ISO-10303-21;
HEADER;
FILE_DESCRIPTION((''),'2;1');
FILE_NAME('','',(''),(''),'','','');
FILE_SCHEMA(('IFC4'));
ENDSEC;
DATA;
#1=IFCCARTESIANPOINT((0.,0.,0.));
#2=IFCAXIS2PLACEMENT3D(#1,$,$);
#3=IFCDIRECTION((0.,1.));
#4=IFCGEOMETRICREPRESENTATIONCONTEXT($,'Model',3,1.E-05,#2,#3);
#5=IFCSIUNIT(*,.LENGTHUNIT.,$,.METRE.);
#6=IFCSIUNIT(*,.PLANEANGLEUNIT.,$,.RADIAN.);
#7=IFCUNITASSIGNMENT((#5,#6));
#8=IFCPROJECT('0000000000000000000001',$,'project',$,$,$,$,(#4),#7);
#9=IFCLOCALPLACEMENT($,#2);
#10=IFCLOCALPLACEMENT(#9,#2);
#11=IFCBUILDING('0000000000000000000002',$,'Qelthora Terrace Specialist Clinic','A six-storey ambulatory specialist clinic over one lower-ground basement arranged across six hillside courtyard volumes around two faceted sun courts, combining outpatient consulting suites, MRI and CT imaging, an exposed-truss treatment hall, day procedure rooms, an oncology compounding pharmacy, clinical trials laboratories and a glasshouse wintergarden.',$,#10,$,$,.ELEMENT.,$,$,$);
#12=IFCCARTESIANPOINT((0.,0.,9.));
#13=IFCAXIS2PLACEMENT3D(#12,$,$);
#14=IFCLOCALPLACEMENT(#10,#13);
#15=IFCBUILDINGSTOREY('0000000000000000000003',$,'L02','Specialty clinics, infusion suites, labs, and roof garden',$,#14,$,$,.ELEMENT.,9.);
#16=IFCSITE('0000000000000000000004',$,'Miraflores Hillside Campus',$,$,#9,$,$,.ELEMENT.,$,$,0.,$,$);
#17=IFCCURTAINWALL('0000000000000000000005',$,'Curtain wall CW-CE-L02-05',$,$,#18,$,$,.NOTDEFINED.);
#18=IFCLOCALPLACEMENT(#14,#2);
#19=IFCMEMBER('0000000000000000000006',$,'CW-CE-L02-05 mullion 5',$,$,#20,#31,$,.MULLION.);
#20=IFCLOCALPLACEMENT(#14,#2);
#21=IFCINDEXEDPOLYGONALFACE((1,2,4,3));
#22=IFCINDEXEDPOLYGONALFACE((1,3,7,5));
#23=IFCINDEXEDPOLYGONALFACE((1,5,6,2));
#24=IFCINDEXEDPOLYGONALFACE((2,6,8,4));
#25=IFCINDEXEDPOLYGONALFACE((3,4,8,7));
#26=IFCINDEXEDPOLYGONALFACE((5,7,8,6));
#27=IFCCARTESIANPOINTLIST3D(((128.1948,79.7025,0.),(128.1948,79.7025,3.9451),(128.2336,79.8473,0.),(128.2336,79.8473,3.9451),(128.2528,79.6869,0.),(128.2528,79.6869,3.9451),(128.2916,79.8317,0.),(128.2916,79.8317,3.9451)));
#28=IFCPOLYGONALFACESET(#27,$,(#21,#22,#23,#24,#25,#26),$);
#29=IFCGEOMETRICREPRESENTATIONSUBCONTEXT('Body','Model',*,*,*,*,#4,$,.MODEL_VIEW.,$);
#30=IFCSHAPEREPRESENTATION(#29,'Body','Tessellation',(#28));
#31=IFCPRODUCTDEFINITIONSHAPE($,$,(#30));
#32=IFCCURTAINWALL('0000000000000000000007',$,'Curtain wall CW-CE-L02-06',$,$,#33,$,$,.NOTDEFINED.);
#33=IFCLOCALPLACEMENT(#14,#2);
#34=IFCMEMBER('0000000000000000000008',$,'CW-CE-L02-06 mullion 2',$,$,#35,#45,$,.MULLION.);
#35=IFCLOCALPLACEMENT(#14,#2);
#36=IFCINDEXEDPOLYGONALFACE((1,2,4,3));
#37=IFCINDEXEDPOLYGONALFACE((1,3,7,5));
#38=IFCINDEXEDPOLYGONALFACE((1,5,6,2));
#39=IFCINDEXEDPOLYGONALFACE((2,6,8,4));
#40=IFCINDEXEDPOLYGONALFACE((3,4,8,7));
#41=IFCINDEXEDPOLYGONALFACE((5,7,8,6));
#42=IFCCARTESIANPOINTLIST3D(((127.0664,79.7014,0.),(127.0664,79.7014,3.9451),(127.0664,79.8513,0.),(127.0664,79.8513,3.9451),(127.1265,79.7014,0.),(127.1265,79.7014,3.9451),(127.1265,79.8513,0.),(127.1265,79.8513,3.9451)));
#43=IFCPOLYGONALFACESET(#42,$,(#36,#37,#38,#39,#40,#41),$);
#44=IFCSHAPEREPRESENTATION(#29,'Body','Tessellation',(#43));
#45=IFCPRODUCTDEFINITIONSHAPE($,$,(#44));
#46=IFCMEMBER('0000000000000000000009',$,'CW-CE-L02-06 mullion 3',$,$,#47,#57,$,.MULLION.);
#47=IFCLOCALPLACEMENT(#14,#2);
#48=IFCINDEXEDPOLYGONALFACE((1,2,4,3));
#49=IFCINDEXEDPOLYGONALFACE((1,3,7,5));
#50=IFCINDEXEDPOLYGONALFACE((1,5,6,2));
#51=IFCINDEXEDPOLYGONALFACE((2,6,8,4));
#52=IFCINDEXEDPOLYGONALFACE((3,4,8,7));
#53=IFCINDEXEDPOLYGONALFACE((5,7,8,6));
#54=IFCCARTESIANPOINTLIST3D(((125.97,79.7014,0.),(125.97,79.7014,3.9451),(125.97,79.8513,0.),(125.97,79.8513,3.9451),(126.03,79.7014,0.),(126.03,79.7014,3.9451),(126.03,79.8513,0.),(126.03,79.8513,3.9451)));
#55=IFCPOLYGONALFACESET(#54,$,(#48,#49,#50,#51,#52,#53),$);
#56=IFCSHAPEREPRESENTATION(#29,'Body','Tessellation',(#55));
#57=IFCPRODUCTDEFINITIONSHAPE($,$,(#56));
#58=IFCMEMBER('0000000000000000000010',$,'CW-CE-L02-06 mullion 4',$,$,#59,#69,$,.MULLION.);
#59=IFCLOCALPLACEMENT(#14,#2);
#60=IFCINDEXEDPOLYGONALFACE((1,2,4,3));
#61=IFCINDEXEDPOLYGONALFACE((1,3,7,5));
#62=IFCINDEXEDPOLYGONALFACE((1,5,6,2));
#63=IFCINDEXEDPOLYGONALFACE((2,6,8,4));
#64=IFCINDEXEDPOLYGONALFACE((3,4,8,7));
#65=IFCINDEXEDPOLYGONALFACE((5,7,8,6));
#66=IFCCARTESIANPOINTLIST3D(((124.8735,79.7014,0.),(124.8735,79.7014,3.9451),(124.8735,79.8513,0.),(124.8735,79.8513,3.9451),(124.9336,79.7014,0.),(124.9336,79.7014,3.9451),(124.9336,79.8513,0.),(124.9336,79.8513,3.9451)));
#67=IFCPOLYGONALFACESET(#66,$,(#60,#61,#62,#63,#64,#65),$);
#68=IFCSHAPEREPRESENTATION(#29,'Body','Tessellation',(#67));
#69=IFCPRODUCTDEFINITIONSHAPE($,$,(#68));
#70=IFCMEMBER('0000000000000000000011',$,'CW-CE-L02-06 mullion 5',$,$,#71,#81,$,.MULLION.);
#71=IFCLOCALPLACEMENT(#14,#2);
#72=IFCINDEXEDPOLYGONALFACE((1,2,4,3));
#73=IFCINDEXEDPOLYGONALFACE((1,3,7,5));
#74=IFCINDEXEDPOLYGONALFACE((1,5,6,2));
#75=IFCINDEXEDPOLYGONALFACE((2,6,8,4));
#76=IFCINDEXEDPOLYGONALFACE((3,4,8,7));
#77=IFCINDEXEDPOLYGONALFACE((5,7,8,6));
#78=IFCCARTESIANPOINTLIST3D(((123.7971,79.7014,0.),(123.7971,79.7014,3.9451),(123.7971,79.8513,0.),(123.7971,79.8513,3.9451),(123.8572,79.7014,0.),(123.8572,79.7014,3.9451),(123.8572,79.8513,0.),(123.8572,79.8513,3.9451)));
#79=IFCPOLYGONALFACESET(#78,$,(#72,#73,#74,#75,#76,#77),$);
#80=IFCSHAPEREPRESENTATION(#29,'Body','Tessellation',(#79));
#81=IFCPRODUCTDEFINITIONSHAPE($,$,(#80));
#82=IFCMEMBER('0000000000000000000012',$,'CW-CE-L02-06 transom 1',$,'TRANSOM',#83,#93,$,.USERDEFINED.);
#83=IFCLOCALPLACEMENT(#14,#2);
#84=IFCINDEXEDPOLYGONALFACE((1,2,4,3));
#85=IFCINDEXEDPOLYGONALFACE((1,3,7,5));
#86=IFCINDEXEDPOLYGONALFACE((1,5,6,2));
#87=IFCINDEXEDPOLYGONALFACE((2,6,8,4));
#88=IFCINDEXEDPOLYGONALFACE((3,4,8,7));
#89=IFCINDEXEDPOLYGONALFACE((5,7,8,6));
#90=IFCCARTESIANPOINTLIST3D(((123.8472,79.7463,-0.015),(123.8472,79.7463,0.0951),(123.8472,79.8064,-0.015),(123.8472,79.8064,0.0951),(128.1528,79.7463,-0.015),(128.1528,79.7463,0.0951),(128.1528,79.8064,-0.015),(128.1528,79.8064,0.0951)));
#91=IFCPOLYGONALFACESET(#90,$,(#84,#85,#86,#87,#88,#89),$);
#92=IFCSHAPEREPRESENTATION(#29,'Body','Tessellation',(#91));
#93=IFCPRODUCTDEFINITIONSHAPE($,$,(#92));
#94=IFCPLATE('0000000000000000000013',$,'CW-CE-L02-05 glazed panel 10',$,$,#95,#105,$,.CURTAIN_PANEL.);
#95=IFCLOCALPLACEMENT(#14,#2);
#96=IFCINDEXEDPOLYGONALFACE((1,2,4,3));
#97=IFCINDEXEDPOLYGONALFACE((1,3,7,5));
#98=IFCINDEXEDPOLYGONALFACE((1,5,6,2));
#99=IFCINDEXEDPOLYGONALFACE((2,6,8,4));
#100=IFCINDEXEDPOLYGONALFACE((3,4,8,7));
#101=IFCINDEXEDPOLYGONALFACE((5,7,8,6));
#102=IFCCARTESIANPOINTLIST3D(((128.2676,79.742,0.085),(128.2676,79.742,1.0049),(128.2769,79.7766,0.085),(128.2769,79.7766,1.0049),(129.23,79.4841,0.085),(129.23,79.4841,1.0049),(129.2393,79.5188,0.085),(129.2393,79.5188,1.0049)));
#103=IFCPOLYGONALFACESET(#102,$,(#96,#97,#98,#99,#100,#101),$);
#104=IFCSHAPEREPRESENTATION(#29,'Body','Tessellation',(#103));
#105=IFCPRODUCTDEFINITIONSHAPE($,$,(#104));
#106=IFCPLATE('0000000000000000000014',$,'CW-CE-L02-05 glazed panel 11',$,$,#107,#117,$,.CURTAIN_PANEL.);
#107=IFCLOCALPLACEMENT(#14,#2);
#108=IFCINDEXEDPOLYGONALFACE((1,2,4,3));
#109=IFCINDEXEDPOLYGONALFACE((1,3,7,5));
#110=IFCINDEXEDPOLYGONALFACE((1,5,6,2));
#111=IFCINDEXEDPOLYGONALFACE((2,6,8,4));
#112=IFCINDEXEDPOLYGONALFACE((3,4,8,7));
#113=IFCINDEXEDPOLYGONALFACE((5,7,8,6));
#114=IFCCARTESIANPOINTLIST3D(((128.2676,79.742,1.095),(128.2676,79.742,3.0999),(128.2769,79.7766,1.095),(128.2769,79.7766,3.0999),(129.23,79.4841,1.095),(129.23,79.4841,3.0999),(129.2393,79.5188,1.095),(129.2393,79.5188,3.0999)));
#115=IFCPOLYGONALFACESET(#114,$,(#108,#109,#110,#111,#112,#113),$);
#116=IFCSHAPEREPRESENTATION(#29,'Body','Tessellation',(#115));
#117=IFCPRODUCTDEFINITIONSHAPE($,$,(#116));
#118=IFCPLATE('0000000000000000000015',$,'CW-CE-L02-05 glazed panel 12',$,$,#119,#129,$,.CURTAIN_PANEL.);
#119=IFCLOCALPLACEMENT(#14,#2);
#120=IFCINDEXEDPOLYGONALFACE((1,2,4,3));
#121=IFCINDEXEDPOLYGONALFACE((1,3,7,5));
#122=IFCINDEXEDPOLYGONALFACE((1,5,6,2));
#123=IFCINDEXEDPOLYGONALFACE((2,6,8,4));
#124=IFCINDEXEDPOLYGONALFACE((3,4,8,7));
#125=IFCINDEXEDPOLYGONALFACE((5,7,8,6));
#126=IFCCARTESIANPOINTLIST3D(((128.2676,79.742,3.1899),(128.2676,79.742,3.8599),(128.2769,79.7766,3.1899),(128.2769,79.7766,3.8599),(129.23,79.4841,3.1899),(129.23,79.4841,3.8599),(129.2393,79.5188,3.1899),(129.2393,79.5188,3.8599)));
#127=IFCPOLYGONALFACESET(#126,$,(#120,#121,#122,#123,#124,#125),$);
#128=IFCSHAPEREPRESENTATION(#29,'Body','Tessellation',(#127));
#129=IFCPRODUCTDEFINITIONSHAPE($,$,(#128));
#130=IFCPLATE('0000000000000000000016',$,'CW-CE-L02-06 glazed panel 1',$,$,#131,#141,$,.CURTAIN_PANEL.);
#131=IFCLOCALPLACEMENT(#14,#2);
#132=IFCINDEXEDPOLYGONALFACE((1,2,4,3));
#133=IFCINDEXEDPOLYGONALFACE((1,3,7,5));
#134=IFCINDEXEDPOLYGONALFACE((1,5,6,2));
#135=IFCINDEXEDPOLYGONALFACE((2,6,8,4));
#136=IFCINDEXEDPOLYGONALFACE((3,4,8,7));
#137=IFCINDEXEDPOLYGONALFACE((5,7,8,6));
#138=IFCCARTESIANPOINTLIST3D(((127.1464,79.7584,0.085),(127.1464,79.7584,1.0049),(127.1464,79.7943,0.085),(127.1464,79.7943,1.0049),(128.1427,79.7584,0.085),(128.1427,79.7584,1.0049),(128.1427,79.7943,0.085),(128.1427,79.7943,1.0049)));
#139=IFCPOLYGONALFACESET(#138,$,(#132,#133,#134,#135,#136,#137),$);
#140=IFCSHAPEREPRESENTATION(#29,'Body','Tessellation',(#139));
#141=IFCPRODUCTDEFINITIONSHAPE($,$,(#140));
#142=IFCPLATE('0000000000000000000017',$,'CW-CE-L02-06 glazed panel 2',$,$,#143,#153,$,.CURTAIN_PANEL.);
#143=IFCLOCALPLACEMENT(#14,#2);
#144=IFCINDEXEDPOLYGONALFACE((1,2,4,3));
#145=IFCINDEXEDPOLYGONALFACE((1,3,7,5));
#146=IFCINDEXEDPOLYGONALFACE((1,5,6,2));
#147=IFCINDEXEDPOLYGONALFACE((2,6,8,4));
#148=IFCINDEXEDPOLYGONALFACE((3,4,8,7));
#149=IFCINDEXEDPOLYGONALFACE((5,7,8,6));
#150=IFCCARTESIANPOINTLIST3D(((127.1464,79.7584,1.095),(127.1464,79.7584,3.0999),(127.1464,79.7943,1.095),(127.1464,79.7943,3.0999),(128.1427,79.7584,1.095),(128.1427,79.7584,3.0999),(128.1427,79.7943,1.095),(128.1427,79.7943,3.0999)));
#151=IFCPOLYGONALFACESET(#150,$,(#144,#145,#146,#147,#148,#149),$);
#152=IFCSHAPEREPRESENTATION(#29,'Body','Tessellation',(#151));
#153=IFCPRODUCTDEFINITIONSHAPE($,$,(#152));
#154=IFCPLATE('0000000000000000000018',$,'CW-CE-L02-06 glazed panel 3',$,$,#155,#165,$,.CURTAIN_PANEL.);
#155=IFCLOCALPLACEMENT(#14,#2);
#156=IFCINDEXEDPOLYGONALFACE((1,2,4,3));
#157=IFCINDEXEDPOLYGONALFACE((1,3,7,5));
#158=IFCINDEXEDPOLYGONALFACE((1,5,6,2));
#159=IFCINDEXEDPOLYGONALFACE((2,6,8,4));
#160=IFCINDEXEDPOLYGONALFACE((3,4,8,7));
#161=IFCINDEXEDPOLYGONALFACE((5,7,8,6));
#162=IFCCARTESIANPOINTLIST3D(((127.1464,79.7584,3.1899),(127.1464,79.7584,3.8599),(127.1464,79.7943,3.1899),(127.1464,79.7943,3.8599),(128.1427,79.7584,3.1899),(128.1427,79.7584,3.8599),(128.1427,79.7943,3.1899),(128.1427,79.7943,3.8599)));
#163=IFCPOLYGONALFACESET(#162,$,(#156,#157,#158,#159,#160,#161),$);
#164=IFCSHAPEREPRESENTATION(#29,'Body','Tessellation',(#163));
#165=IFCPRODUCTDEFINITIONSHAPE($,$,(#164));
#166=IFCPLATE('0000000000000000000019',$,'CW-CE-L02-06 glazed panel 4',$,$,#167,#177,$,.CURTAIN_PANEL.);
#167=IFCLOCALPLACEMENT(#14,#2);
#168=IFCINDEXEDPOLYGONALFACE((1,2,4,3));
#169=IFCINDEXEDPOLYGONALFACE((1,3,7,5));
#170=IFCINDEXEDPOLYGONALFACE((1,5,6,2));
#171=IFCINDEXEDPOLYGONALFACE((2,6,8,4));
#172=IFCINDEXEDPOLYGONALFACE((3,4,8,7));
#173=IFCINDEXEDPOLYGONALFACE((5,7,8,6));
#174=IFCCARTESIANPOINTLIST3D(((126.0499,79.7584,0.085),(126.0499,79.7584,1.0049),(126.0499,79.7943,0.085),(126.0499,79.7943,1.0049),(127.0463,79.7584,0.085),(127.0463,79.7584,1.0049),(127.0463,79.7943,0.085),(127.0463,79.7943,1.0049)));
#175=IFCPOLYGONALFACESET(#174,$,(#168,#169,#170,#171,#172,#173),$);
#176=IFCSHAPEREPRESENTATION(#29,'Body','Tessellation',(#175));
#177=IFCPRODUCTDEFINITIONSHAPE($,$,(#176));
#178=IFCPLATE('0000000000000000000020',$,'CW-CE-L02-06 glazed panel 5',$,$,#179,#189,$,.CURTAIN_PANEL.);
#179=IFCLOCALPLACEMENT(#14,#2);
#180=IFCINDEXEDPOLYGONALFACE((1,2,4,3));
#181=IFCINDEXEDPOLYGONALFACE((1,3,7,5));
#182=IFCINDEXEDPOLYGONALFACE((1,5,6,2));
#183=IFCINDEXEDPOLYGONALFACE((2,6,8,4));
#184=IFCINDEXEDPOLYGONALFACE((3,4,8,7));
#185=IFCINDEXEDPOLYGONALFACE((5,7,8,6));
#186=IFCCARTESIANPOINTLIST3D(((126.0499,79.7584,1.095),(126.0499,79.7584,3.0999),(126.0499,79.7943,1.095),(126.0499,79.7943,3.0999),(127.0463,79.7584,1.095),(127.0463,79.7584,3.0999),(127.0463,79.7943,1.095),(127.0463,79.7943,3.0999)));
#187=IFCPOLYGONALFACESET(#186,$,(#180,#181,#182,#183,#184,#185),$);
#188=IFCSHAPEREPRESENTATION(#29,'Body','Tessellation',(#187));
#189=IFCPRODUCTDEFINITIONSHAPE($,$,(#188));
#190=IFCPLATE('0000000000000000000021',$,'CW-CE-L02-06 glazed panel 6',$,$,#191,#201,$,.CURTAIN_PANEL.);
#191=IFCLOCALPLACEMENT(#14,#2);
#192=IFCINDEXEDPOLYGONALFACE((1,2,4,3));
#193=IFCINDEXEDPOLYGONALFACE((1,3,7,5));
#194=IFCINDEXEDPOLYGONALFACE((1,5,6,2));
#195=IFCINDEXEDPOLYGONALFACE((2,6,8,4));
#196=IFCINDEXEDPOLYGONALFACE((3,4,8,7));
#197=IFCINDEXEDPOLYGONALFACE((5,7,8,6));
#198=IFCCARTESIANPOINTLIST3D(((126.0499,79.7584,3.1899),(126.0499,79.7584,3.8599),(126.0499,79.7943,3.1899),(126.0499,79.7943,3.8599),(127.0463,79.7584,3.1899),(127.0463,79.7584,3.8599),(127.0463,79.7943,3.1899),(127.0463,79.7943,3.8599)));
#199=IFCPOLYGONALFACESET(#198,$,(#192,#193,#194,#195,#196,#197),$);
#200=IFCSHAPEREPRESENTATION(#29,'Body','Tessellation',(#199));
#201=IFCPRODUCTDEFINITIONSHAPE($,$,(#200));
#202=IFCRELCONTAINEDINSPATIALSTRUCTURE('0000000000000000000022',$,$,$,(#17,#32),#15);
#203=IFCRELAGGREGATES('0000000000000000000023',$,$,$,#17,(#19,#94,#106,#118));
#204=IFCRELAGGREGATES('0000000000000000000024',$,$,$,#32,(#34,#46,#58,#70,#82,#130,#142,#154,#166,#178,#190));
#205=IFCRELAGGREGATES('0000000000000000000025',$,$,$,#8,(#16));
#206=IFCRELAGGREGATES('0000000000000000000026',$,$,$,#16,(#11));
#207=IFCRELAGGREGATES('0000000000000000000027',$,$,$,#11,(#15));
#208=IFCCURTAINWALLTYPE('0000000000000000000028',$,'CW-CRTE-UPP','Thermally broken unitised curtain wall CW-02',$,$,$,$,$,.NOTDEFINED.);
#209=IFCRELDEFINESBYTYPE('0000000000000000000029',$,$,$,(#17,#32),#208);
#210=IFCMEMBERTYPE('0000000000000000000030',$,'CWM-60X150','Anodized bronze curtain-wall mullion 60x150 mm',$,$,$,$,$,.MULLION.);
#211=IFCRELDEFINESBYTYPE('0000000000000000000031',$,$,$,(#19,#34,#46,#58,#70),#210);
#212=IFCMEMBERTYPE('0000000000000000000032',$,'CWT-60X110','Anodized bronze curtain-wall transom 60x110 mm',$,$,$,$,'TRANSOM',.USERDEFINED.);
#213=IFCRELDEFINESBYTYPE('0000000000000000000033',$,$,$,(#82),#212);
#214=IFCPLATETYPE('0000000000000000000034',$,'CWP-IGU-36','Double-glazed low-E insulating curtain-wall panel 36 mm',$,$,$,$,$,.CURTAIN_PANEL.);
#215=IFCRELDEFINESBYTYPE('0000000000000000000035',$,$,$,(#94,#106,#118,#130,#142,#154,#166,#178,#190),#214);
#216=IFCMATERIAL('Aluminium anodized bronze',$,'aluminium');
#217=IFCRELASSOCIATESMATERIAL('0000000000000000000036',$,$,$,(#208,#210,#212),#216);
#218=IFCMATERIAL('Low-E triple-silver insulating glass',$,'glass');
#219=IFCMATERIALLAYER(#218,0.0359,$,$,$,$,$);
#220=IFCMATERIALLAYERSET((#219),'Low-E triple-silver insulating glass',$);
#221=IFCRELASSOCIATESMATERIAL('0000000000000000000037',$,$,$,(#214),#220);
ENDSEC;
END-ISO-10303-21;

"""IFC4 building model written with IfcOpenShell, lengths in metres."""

from ifc_helpers import new_model, si_unit, direction, frame, origin, origin_2d, place, context, subcontext, project, spatial, rectangle, extrude, material, layer, layer_set, material_profile, profile_set, type_object, element, aggregate, save


model = new_model("IFC4")

# Units and contexts
model_context = context("Model", 3, precision=1e-05, world=origin(), true_north=direction((0.0, 1.0)))
body_context = subcontext(model_context, "Body", "Model", "MODEL_VIEW")
ifc_project = project(units=[si_unit("LENGTHUNIT", "METRE"), si_unit("PLANEANGLEUNIT", "RADIAN")], contexts=[model_context])

# Site, building, storey
site_placement = place(None, origin())
site = spatial("IfcSite", under=ifc_project, at=site_placement, Name="Miraflores Hillside Campus", CompositionType="ELEMENT", RefElevation=0.0)
building_placement = place(site_placement, origin())
building = spatial("IfcBuilding", under=site, at=building_placement, Name="Qelthora Terrace Specialist Clinic", Description="A six-storey ambulatory specialist clinic over one lower-ground basement arranged across six hillside courtyard volumes around two faceted sun courts, combining outpatient consulting suites, MRI and CT imaging, an exposed-truss treatment hall, day procedure rooms, an oncology compounding pharmacy, clinical trials laboratories and a glasshouse wintergarden.", CompositionType="ELEMENT")
storey_placement = place(building_placement, frame((0.0, 0.0, 9.0)))
storey = spatial("IfcBuildingStorey", under=building, at=storey_placement, Name="L02", Description="Specialty clinics, infusion suites, labs, and roof garden", CompositionType="ELEMENT", Elevation=9.0)

# Curtain wall, member
ifc_material_1 = material(Name="Aluminium anodized bronze", Category="aluminium")
curtain_wall_type = type_object("IfcCurtainWallType", Name="CW-CRTE-UPP", Description="Thermally broken unitised curtain wall CW-02", PredefinedType="NOTDEFINED", material=ifc_material_1)
curtain_wall_1_placement = place(storey_placement, origin())
curtain_wall_1 = element("IfcCurtainWall", 1, at=curtain_wall_1_placement, inside=storey, type_object=curtain_wall_type, Name="Curtain wall CW-CE-L02-05", PredefinedType="NOTDEFINED")
ifc_material_profile_1 = material_profile(ifc_material_1, rectangle(XDim=0.0601, YDim=0.1499, at=origin_2d()), Name="CWM60X150")
ifc_profile_set_1 = profile_set([ifc_material_profile_1], Name="Aluminium anodized bronze")
member_type_1 = type_object("IfcMemberType", Name="CWM-60X150", Description="Anodized bronze curtain-wall mullion 60x150 mm", PredefinedType="MULLION", material=ifc_profile_set_1)
member_1_placement = place(storey_placement, frame((128.2432, 79.7671, 0.0), z_axis=(0.0, 0.0, 1.0), x_axis=(-0.965926, 0.25882, 0.0)))
member_1 = element("IfcMember", 2, at=member_1_placement, type_object=member_type_1, Name="CW-CE-L02-05 mullion 5", PredefinedType="MULLION", context=body_context, shape_type="SweptSolid", body=[
    extrude(rectangle(XDim=0.0601, YDim=0.1499, at=origin_2d()), origin(), (0.0, 0.0, 1.0), 3.9451),
])

# Curtain wall, members
curtain_wall_2_placement = place(storey_placement, origin())
curtain_wall_2 = element("IfcCurtainWall", 3, at=curtain_wall_2_placement, inside=storey, type_object=curtain_wall_type, Name="Curtain wall CW-CE-L02-06", PredefinedType="NOTDEFINED")
member_2_placement = place(storey_placement, frame((127.0964, 79.7764, 0.0), z_axis=(0.0, 0.0, 1.0), x_axis=(-1.0, 0.0, 0.0)))
member_2 = element("IfcMember", 4, at=member_2_placement, type_object=member_type_1, Name="CW-CE-L02-06 mullion 2", PredefinedType="MULLION", context=body_context, shape_type="SweptSolid", body=[
    extrude(rectangle(XDim=0.0601, YDim=0.1499, at=origin_2d()), origin(), (0.0, 0.0, 1.0), 3.9451),
])
member_3_placement = place(storey_placement, frame((126.0, 79.7764, 0.0), z_axis=(0.0, 0.0, 1.0), x_axis=(-1.0, 0.0, 0.0)))
member_3 = element("IfcMember", 5, at=member_3_placement, type_object=member_type_1, Name="CW-CE-L02-06 mullion 3", PredefinedType="MULLION", context=body_context, shape_type="SweptSolid", body=[
    extrude(rectangle(XDim=0.0601, YDim=0.1499, at=origin_2d()), origin(), (0.0, 0.0, 1.0), 3.9451),
])
member_4_placement = place(storey_placement, frame((124.9036, 79.7764, 0.0), z_axis=(0.0, 0.0, 1.0), x_axis=(-1.0, 0.0, 0.0)))
member_4 = element("IfcMember", 6, at=member_4_placement, type_object=member_type_1, Name="CW-CE-L02-06 mullion 4", PredefinedType="MULLION", context=body_context, shape_type="SweptSolid", body=[
    extrude(rectangle(XDim=0.0601, YDim=0.1499, at=origin_2d()), origin(), (0.0, 0.0, 1.0), 3.9451),
])
member_5_placement = place(storey_placement, frame((123.8271, 79.7764, 0.0), z_axis=(0.0, 0.0, 1.0), x_axis=(-1.0, 0.0, 0.0)))
member_5 = element("IfcMember", 7, at=member_5_placement, type_object=member_type_1, Name="CW-CE-L02-06 mullion 5", PredefinedType="MULLION", context=body_context, shape_type="SweptSolid", body=[
    extrude(rectangle(XDim=0.0601, YDim=0.1499, at=origin_2d()), origin(), (0.0, 0.0, 1.0), 3.9451),
])
ifc_material_profile_2 = material_profile(ifc_material_1, rectangle(XDim=0.0601, YDim=0.1101, at=origin_2d()), Name="CWT60X110")
ifc_profile_set_2 = profile_set([ifc_material_profile_2], Name="Aluminium anodized bronze")
member_type_2 = type_object("IfcMemberType", Name="CWT-60X110", Description="Anodized bronze curtain-wall transom 60x110 mm", ElementType="TRANSOM", PredefinedType="USERDEFINED", material=ifc_profile_set_2)
member_6_placement = place(storey_placement, frame((128.1528, 79.7764, 0.04), z_axis=(-1.0, 0.0, 0.0), x_axis=(0.0, -1.0, 0.0)))
member_6 = element("IfcMember", 8, at=member_6_placement, type_object=member_type_2, Name="CW-CE-L02-06 transom 1", ObjectType="TRANSOM", PredefinedType="USERDEFINED", context=body_context, shape_type="SweptSolid", body=[
    extrude(rectangle(XDim=0.0601, YDim=0.1101, at=origin_2d()), origin(), (0.0, 0.0, 1.0), 4.3057),
])

# Plates
ifc_material_2 = material(Name="Low-E triple-silver insulating glass", Category="glass")
ifc_layer = layer(ifc_material_2, 0.0359)
ifc_layer_set = layer_set([ifc_layer], Name="Low-E triple-silver insulating glass")
plate_type = type_object("IfcPlateType", Name="CWP-IGU-36", Description="Double-glazed low-E insulating curtain-wall panel 36 mm", PredefinedType="CURTAIN_PANEL", material=ifc_layer_set)
plate_1_placement = place(storey_placement, frame((128.7534, 79.6304, 0.085), z_axis=(0.0, 0.0, 1.0), x_axis=(-0.965926, 0.258819, 0.0)))
plate_1 = element("IfcPlate", 9, at=plate_1_placement, type_object=plate_type, Name="CW-CE-L02-05 glazed panel 10", PredefinedType="CURTAIN_PANEL", context=body_context, shape_type="SweptSolid", body=[
    extrude(rectangle(XDim=0.9963, YDim=0.0359, at=origin_2d()), origin(), (0.0, 0.0, 1.0), 0.9199),
])
plate_2_placement = place(storey_placement, frame((128.7534, 79.6304, 1.095), z_axis=(0.0, 0.0, 1.0), x_axis=(-0.965926, 0.258819, 0.0)))
plate_2 = element("IfcPlate", 10, at=plate_2_placement, type_object=plate_type, Name="CW-CE-L02-05 glazed panel 11", PredefinedType="CURTAIN_PANEL", context=body_context, shape_type="SweptSolid", body=[
    extrude(rectangle(XDim=0.9963, YDim=0.0359, at=origin_2d()), origin(), (0.0, 0.0, 1.0), 2.0049),
])
plate_3_placement = place(storey_placement, frame((128.7534, 79.6304, 3.1899), z_axis=(0.0, 0.0, 1.0), x_axis=(-0.965926, 0.258819, 0.0)))
plate_3 = element("IfcPlate", 11, at=plate_3_placement, type_object=plate_type, Name="CW-CE-L02-05 glazed panel 12", PredefinedType="CURTAIN_PANEL", context=body_context, shape_type="SweptSolid", body=[
    extrude(rectangle(XDim=0.9963, YDim=0.0359, at=origin_2d()), origin(), (0.0, 0.0, 1.0), 0.6699),
])
aggregate(curtain_wall_1, [member_1, plate_1, plate_2, plate_3])
plate_4_placement = place(storey_placement, frame((127.6445, 79.7764, 0.085), z_axis=(0.0, 0.0, 1.0), x_axis=(-1.0, 0.0, 0.0)))
plate_4 = element("IfcPlate", 12, at=plate_4_placement, type_object=plate_type, Name="CW-CE-L02-06 glazed panel 1", PredefinedType="CURTAIN_PANEL", context=body_context, shape_type="SweptSolid", body=[
    extrude(rectangle(XDim=0.9963, YDim=0.0359, at=origin_2d()), origin(), (0.0, 0.0, 1.0), 0.9199),
])
plate_5_placement = place(storey_placement, frame((127.6445, 79.7764, 1.095), z_axis=(0.0, 0.0, 1.0), x_axis=(-1.0, 0.0, 0.0)))
plate_5 = element("IfcPlate", 13, at=plate_5_placement, type_object=plate_type, Name="CW-CE-L02-06 glazed panel 2", PredefinedType="CURTAIN_PANEL", context=body_context, shape_type="SweptSolid", body=[
    extrude(rectangle(XDim=0.9963, YDim=0.0359, at=origin_2d()), origin(), (0.0, 0.0, 1.0), 2.0049),
])
plate_6_placement = place(storey_placement, frame((127.6445, 79.7764, 3.1899), z_axis=(0.0, 0.0, 1.0), x_axis=(-1.0, 0.0, 0.0)))
plate_6 = element("IfcPlate", 14, at=plate_6_placement, type_object=plate_type, Name="CW-CE-L02-06 glazed panel 3", PredefinedType="CURTAIN_PANEL", context=body_context, shape_type="SweptSolid", body=[
    extrude(rectangle(XDim=0.9963, YDim=0.0359, at=origin_2d()), origin(), (0.0, 0.0, 1.0), 0.6699),
])
plate_7_placement = place(storey_placement, frame((126.5481, 79.7764, 0.085), z_axis=(0.0, 0.0, 1.0), x_axis=(-1.0, 0.0, 0.0)))
plate_7 = element("IfcPlate", 15, at=plate_7_placement, type_object=plate_type, Name="CW-CE-L02-06 glazed panel 4", PredefinedType="CURTAIN_PANEL", context=body_context, shape_type="SweptSolid", body=[
    extrude(rectangle(XDim=0.9963, YDim=0.0359, at=origin_2d()), origin(), (0.0, 0.0, 1.0), 0.9199),
])
plate_8_placement = place(storey_placement, frame((126.5481, 79.7764, 1.095), z_axis=(0.0, 0.0, 1.0), x_axis=(-1.0, 0.0, 0.0)))
plate_8 = element("IfcPlate", 16, at=plate_8_placement, type_object=plate_type, Name="CW-CE-L02-06 glazed panel 5", PredefinedType="CURTAIN_PANEL", context=body_context, shape_type="SweptSolid", body=[
    extrude(rectangle(XDim=0.9963, YDim=0.0359, at=origin_2d()), origin(), (0.0, 0.0, 1.0), 2.0049),
])
plate_9_placement = place(storey_placement, frame((126.5481, 79.7764, 3.1899), z_axis=(0.0, 0.0, 1.0), x_axis=(-1.0, 0.0, 0.0)))
plate_9 = element("IfcPlate", 17, at=plate_9_placement, type_object=plate_type, Name="CW-CE-L02-06 glazed panel 6", PredefinedType="CURTAIN_PANEL", context=body_context, shape_type="SweptSolid", body=[
    extrude(rectangle(XDim=0.9963, YDim=0.0359, at=origin_2d()), origin(), (0.0, 0.0, 1.0), 0.6699),
])
aggregate(curtain_wall_2, [member_2, member_3, member_4, member_5, member_6, plate_4, plate_5, plate_6, plate_7, plate_8, plate_9])

save(model, "model.ifc")
